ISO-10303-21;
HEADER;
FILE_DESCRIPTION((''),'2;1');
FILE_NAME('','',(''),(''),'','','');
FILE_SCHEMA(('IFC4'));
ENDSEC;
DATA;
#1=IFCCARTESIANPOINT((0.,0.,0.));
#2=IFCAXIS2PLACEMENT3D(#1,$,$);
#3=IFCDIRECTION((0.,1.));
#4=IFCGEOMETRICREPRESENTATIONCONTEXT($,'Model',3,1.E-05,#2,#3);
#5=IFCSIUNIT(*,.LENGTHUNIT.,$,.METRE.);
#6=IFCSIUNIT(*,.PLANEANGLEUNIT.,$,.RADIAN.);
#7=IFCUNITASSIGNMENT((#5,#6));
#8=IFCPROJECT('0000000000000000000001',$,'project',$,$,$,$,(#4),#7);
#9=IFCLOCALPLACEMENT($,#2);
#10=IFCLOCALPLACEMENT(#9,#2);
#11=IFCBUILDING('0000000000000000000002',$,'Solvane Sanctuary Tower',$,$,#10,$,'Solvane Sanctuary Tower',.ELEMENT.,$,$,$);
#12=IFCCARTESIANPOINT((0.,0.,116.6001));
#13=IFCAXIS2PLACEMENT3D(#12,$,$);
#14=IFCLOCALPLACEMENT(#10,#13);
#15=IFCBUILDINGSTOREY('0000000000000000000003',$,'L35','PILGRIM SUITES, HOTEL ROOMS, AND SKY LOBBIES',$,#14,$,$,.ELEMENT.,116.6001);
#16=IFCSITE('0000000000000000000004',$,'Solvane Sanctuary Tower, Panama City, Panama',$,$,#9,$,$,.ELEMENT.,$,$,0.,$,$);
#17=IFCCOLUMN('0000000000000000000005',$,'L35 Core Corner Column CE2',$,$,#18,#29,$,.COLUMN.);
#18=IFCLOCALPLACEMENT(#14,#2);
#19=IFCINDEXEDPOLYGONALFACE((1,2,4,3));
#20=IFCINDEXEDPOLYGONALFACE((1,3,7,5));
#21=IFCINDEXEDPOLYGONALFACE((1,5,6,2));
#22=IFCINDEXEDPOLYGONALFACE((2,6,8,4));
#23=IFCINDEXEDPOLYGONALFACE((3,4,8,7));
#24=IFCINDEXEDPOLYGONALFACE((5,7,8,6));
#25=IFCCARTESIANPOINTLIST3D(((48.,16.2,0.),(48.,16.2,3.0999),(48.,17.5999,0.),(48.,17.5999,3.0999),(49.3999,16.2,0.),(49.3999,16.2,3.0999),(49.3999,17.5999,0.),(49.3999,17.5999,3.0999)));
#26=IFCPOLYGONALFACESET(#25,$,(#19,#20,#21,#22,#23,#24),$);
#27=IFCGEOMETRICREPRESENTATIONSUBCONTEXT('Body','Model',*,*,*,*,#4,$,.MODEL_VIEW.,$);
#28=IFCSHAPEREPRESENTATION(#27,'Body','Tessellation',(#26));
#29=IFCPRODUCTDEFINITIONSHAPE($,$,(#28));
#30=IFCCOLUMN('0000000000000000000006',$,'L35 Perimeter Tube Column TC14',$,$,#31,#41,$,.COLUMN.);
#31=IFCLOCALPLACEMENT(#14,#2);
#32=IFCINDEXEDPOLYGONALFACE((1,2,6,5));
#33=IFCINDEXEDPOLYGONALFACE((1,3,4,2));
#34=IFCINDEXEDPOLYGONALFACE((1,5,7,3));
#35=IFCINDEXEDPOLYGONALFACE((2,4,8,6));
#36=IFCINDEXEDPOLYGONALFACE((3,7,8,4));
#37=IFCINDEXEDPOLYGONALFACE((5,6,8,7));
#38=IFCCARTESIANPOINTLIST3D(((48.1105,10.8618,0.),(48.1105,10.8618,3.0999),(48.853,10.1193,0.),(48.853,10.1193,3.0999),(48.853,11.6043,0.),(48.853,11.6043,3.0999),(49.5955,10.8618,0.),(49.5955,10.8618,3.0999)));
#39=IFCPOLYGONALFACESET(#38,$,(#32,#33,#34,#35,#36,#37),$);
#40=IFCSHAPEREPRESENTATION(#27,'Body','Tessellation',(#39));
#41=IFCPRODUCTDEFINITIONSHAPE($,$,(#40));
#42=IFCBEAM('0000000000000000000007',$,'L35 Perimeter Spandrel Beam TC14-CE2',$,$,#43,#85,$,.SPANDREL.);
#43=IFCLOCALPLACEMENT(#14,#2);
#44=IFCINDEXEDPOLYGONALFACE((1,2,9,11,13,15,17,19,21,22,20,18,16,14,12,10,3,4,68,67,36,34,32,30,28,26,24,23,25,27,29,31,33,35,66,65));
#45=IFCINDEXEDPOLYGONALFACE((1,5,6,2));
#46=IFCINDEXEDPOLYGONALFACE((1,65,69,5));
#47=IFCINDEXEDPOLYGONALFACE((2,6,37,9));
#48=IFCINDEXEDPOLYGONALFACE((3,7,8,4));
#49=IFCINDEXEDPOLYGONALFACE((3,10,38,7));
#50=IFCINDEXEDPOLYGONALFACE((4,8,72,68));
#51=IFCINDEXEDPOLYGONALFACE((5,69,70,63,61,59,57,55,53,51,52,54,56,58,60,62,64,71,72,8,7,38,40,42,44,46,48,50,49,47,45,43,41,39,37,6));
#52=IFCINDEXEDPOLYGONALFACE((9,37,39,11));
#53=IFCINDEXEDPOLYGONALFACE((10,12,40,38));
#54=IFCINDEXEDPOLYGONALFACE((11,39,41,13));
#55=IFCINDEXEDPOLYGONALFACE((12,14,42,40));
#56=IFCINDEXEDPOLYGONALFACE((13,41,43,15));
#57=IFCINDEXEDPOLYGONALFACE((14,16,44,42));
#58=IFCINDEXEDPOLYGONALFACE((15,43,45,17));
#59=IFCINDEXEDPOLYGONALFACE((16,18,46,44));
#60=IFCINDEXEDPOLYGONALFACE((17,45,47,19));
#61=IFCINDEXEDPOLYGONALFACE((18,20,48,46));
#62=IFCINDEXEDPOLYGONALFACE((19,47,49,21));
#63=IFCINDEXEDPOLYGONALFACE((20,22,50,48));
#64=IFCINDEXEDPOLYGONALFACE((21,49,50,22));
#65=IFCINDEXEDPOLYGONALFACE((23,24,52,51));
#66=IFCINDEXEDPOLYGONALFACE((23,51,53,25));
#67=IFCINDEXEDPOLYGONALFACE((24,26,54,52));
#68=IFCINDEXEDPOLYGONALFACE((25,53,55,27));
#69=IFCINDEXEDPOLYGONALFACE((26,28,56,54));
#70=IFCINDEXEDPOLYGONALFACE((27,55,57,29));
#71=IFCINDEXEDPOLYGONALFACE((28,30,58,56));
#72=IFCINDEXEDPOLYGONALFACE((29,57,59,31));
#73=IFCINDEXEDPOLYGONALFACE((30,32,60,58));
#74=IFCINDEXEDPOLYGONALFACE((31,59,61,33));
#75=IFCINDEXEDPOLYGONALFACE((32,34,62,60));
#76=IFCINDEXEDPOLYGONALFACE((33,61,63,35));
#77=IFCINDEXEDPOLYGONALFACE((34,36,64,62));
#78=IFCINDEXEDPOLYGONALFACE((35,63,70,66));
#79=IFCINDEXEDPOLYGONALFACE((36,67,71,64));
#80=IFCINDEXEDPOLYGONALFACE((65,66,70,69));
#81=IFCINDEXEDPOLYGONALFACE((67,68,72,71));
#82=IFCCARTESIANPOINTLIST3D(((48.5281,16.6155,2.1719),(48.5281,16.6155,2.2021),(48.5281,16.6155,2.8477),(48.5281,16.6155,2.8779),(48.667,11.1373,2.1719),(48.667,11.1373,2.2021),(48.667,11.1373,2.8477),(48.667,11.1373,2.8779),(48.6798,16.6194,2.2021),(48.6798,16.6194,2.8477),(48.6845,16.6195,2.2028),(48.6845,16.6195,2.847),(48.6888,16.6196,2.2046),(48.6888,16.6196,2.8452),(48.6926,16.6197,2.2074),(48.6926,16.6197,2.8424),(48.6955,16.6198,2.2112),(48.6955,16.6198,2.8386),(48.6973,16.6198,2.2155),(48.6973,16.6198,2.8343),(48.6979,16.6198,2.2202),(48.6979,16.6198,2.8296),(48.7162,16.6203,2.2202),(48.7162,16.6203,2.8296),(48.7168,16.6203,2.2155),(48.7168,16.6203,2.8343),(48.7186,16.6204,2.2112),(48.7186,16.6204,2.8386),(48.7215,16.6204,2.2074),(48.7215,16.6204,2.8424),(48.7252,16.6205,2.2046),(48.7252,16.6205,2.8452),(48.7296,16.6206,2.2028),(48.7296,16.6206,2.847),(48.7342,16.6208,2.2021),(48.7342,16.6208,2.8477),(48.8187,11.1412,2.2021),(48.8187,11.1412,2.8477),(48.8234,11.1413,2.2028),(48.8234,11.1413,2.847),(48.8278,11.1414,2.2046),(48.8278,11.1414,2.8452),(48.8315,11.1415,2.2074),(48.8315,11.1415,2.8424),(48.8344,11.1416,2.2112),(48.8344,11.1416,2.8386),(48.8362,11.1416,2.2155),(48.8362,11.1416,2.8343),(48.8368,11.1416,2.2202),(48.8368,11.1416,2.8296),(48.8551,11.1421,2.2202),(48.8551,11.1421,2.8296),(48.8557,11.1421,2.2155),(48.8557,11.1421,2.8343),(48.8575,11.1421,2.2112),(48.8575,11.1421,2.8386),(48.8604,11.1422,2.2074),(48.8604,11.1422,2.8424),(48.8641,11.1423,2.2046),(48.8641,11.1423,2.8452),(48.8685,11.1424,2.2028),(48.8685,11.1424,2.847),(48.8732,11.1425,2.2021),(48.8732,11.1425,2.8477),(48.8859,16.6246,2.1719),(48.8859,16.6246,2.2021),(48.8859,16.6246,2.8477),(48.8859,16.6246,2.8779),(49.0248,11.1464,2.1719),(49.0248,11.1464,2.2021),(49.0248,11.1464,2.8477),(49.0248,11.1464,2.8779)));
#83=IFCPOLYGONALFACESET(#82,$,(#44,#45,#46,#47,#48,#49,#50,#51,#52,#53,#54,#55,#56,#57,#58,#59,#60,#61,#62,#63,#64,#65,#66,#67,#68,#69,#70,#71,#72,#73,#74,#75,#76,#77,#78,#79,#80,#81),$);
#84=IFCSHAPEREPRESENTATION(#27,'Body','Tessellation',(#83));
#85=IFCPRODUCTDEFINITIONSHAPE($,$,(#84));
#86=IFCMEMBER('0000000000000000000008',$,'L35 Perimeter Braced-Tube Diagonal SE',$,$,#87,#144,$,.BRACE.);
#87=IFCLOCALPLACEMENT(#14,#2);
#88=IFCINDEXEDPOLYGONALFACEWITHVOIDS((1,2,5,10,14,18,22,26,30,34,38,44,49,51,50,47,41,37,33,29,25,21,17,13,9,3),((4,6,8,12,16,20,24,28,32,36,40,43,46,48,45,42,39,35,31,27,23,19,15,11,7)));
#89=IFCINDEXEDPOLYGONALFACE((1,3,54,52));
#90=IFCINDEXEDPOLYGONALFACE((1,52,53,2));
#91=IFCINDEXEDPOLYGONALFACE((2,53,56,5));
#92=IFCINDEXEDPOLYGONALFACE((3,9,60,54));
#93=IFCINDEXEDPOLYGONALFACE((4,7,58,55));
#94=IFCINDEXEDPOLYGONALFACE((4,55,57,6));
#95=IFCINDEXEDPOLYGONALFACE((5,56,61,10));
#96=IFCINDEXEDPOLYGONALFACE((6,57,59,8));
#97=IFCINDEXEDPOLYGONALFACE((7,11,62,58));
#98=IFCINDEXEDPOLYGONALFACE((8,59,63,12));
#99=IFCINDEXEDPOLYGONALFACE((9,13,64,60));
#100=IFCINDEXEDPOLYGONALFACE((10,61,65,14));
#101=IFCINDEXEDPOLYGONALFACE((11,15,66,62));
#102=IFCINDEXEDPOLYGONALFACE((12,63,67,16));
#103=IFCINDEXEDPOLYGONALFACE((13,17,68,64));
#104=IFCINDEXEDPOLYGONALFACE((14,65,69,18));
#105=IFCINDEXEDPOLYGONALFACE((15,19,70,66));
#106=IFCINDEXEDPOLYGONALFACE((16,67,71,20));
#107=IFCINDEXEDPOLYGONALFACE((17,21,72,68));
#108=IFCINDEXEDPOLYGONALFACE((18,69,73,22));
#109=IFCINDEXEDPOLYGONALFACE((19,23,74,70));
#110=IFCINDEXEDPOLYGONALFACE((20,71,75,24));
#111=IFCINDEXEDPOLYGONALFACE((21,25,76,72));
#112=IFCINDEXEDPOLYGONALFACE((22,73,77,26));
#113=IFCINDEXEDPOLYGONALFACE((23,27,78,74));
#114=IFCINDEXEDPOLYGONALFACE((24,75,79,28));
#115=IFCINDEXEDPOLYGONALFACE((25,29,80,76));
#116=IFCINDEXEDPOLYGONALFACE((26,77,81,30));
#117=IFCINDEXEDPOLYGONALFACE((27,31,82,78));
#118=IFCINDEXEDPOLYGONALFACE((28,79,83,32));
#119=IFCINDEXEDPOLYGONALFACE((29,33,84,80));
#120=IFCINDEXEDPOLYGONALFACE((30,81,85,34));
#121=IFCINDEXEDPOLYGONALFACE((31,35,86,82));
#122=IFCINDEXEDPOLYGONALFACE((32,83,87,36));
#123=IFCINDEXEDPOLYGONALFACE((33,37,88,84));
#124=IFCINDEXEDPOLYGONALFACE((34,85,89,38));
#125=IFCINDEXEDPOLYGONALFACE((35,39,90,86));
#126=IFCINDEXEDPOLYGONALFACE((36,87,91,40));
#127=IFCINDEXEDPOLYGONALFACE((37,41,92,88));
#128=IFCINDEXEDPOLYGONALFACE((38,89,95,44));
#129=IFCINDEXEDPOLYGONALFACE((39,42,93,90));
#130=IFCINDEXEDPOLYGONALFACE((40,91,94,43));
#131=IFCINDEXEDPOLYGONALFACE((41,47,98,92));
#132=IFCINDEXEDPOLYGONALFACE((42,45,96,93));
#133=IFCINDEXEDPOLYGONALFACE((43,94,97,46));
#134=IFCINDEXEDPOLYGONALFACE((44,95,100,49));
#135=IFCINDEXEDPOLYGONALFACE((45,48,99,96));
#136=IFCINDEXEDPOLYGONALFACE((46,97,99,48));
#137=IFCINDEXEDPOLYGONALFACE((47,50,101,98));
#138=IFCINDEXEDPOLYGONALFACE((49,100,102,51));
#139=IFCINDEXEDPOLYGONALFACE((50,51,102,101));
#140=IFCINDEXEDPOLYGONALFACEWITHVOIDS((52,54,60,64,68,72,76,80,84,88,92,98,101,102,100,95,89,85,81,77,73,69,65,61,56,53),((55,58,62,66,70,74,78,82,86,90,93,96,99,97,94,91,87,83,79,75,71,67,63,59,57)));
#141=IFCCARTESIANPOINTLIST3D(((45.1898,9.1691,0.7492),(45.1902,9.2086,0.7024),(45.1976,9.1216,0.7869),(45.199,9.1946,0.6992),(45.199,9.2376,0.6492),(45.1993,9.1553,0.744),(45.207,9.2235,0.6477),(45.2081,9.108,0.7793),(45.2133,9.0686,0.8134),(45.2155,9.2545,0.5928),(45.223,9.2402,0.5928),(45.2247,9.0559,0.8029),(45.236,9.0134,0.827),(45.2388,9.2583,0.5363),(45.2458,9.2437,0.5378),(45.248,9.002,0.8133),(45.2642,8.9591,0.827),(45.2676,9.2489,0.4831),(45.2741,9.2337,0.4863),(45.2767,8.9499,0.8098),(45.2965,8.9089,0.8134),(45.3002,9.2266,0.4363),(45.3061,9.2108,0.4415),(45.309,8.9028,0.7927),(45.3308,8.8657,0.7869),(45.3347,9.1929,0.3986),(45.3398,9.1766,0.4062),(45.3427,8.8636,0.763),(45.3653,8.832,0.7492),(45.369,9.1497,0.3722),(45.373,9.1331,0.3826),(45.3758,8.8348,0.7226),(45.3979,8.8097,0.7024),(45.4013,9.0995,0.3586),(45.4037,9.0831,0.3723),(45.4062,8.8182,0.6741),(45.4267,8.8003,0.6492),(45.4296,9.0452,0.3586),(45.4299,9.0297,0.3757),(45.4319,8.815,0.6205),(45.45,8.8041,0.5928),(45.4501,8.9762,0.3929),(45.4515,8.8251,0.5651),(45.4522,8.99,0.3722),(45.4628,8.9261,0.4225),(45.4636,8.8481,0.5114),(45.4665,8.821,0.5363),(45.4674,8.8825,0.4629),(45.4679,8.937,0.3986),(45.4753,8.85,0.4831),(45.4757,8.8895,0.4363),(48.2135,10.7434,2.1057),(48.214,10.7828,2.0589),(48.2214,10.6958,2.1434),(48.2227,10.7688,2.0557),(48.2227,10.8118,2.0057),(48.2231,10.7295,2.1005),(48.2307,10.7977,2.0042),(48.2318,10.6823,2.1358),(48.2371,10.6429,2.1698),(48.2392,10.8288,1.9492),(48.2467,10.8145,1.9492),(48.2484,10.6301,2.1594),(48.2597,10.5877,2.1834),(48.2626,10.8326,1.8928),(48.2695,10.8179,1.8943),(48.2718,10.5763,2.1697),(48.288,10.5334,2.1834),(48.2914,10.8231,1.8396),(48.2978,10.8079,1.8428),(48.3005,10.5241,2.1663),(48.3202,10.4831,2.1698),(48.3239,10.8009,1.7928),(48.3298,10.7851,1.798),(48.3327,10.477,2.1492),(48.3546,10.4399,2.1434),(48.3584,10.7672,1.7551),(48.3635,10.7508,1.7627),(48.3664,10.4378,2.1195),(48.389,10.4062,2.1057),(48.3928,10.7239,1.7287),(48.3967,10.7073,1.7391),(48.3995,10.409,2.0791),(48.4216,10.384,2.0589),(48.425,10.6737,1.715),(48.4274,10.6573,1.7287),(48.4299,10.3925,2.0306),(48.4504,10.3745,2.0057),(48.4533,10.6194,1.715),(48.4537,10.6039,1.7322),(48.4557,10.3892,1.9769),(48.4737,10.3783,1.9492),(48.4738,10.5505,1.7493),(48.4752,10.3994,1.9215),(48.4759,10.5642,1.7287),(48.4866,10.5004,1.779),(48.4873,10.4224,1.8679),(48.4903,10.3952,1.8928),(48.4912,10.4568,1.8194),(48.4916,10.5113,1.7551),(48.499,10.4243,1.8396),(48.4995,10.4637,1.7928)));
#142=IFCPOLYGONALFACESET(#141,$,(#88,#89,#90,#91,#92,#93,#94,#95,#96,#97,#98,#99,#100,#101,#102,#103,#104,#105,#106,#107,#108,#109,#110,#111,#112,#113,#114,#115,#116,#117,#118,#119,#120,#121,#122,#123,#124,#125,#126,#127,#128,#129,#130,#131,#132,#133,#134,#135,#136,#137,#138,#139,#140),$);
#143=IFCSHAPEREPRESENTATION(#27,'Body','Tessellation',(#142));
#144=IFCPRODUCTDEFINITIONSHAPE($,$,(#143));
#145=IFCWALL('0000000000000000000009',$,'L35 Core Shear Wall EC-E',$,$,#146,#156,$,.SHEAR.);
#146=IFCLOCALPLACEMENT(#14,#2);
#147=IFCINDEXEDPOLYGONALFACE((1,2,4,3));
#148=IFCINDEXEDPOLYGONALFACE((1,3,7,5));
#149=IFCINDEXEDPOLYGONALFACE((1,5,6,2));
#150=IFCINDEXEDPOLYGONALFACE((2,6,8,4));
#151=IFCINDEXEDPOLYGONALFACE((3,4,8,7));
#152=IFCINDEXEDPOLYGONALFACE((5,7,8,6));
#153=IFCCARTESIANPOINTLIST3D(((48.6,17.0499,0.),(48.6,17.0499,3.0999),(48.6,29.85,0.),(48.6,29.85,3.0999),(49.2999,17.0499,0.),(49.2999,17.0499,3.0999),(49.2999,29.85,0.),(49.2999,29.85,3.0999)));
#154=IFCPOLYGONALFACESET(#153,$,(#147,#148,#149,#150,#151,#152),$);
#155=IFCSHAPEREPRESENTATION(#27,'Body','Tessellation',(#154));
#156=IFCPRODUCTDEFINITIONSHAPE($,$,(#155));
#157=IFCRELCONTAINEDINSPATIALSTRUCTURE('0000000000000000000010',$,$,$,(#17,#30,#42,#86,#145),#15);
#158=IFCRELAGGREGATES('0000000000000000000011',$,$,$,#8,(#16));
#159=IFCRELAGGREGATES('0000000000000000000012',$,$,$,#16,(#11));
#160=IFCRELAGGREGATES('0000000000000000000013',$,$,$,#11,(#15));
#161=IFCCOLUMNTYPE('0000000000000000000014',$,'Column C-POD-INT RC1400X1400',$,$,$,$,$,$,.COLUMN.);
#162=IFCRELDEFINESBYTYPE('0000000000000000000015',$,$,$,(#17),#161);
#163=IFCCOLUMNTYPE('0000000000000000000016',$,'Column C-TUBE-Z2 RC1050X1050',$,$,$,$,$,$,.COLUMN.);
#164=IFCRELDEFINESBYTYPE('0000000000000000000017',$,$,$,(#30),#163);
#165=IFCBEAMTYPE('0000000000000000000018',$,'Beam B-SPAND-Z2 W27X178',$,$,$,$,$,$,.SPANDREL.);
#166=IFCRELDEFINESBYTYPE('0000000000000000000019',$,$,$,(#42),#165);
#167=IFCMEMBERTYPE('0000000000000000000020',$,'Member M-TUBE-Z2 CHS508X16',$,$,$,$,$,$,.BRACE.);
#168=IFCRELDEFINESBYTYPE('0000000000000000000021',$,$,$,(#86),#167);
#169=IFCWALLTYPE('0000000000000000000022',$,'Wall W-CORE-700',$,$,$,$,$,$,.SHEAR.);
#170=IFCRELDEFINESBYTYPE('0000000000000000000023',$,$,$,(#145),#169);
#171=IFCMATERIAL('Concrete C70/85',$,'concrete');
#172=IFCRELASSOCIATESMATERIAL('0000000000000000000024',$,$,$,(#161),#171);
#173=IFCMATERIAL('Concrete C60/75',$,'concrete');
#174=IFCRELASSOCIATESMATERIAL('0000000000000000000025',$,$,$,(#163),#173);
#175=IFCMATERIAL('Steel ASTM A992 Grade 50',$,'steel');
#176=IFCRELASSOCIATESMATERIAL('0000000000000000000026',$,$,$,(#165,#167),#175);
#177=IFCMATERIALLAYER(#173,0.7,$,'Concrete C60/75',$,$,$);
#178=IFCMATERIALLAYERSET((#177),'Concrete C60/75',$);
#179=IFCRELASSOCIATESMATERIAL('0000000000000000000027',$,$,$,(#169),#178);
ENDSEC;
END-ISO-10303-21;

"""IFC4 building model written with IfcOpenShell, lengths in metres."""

from ifc_helpers import new_model, si_unit, direction, frame, frame_2d, origin, origin_2d, place, context, subcontext, project, spatial, rectangle, hollow_circle, i_section, extrude, material, layer, layer_set, material_profile, profile_set, type_object, element, save


model = new_model("IFC4")

# Units and contexts
model_context = context("Model", 3, precision=1e-05, world=origin(), true_north=direction((0.0, 1.0)))
body_context = subcontext(model_context, "Body", "Model", "MODEL_VIEW")
ifc_project = project(units=[si_unit("LENGTHUNIT", "METRE"), si_unit("PLANEANGLEUNIT", "RADIAN")], contexts=[model_context])

# Site, building, storey
site_placement = place(None, origin())
site = spatial("IfcSite", under=ifc_project, at=site_placement, Name="Solvane Sanctuary Tower, Panama City, Panama", CompositionType="ELEMENT", RefElevation=0.0)
building_placement = place(site_placement, origin())
building = spatial("IfcBuilding", under=site, at=building_placement, Name="Solvane Sanctuary Tower", LongName="Solvane Sanctuary Tower", CompositionType="ELEMENT")
storey_placement = place(building_placement, frame((0.0, 0.0, 116.6001)))
storey = spatial("IfcBuildingStorey", under=building, at=storey_placement, Name="L35", Description="PILGRIM SUITES, HOTEL ROOMS, AND SKY LOBBIES", CompositionType="ELEMENT", Elevation=116.6001)

# Columns
ifc_material_1 = material(Name="Concrete C70/85", Category="concrete")
ifc_material_profile_1 = material_profile(ifc_material_1, rectangle(XDim=1.3999, YDim=1.3999, at=origin_2d()), Name="RC1400X1400")
ifc_profile_set_1 = profile_set([ifc_material_profile_1], Name="Concrete C70/85")
column_type_1 = type_object("IfcColumnType", Name="Column C-POD-INT RC1400X1400", PredefinedType="COLUMN", material=ifc_profile_set_1)
column_1_placement = place(storey_placement, frame((48.7, 16.8999, 0.0), z_axis=(0.0, 0.0, 1.0), x_axis=(1.0, 0.0, 0.0)))
element("IfcColumn", 1, at=column_1_placement, inside=storey, type_object=column_type_1, Name="L35 Core Corner Column CE2", PredefinedType="COLUMN", context=body_context, shape_type="SweptSolid", body=[
    extrude(rectangle(XDim=1.3999, YDim=1.3999, at=origin_2d()), origin(), (0.0, 0.0, 1.0), 3.0999),
])
ifc_material_2 = material(Name="Concrete C60/75", Category="concrete")
ifc_material_profile_2 = material_profile(ifc_material_2, rectangle(XDim=1.05, YDim=1.05, at=origin_2d()), Name="RC1050X1050")
ifc_profile_set_2 = profile_set([ifc_material_profile_2], Name="Concrete C60/75")
column_type_2 = type_object("IfcColumnType", Name="Column C-TUBE-Z2 RC1050X1050", PredefinedType="COLUMN", material=ifc_profile_set_2)
column_2_placement = place(storey_placement, frame((48.853, 10.8618, 0.0), z_axis=(0.0, 0.0, 1.0), x_axis=(0.707107, -0.707107, 0.0)))
element("IfcColumn", 2, at=column_2_placement, inside=storey, type_object=column_type_2, Name="L35 Perimeter Tube Column TC14", PredefinedType="COLUMN", context=body_context, shape_type="SweptSolid", body=[
    extrude(rectangle(XDim=1.05, YDim=1.05, at=origin_2d()), origin(), (0.0, 0.0, 1.0), 3.0999),
])

# Beam
ifc_material_3 = material(Name="Steel ASTM A992 Grade 50", Category="steel")
ifc_material_profile_3 = material_profile(ifc_material_3, i_section(OverallWidth=0.3579, OverallDepth=0.7061, WebThickness=0.0183, FlangeThickness=0.0303, FilletRadius=0.0181, at=origin_2d()), Name="W27X178")
ifc_profile_set_3 = profile_set([ifc_material_profile_3], Name="Steel ASTM A992 Grade 50")
beam_type = type_object("IfcBeamType", Name="Beam B-SPAND-Z2 W27X178", PredefinedType="SPANDREL", material=ifc_profile_set_3)
beam_placement = place(storey_placement, frame((48.8459, 11.1418, 2.5249), z_axis=(-0.025349, 0.999679, 0.0), x_axis=(-0.999679, -0.025349, 0.0)))
element("IfcBeam", 3, at=beam_placement, inside=storey, type_object=beam_type, Name="L35 Perimeter Spandrel Beam TC14-CE2", PredefinedType="SPANDREL", context=body_context, shape_type="SweptSolid", body=[
    extrude(i_section(OverallWidth=0.3579, OverallDepth=0.7061, WebThickness=0.0183, FlangeThickness=0.0303, FilletRadius=0.0181, at=origin_2d()), origin(), (0.0, 0.0, 1.0), 5.48),
])

# Member
ifc_material_profile_4 = material_profile(ifc_material_3, hollow_circle(Radius=0.2539, WallThickness=0.0161, at=origin_2d()), Name="CHS508X16")
ifc_profile_set_4 = profile_set([ifc_material_profile_4], Name="Steel ASTM A992 Grade 50")
member_type = type_object("IfcMemberType", Name="Member M-TUBE-Z2 CHS508X16", PredefinedType="BRACE", material=ifc_profile_set_4)
member_placement = place(storey_placement, frame((45.3328, 9.0293, 0.5928), z_axis=(0.824141, 0.429072, 0.369715), x_axis=(-0.461792, 0.886988, 0.0)))
element("IfcMember", 4, at=member_placement, inside=storey, type_object=member_type, Name="L35 Perimeter Braced-Tube Diagonal SE", PredefinedType="BRACE", context=body_context, shape_type="SweptSolid", body=[
    extrude(hollow_circle(Radius=0.2539, WallThickness=0.0161, at=origin_2d()), origin(), (0.0, 0.0, 1.0), 3.6689),
])

# Wall
ifc_layer_1 = layer(ifc_material_2, 0.7, Name="Concrete C60/75")
ifc_layer_set_1 = layer_set([ifc_layer_1], Name="Concrete C60/75")
wall_type_1 = type_object("IfcWallType", Name="Wall W-CORE-700", PredefinedType="SHEAR", material=ifc_layer_set_1)
wall_1_placement = place(storey_placement, frame((48.95, 17.05, 0.0), z_axis=(0.0, 0.0, 1.0), x_axis=(0.0, 1.0, 0.0)))
element("IfcWall", 5, at=wall_1_placement, inside=storey, type_object=wall_type_1, Name="L35 Core Shear Wall EC-E", PredefinedType="SHEAR", context=body_context, shape_type="SweptSolid", body=[
    extrude(rectangle(XDim=12.8, YDim=0.7, at=frame_2d((6.3999, 0.0))), origin(), (0.0, 0.0, 1.0), 3.0999),
])

save(model, "model.ifc")
